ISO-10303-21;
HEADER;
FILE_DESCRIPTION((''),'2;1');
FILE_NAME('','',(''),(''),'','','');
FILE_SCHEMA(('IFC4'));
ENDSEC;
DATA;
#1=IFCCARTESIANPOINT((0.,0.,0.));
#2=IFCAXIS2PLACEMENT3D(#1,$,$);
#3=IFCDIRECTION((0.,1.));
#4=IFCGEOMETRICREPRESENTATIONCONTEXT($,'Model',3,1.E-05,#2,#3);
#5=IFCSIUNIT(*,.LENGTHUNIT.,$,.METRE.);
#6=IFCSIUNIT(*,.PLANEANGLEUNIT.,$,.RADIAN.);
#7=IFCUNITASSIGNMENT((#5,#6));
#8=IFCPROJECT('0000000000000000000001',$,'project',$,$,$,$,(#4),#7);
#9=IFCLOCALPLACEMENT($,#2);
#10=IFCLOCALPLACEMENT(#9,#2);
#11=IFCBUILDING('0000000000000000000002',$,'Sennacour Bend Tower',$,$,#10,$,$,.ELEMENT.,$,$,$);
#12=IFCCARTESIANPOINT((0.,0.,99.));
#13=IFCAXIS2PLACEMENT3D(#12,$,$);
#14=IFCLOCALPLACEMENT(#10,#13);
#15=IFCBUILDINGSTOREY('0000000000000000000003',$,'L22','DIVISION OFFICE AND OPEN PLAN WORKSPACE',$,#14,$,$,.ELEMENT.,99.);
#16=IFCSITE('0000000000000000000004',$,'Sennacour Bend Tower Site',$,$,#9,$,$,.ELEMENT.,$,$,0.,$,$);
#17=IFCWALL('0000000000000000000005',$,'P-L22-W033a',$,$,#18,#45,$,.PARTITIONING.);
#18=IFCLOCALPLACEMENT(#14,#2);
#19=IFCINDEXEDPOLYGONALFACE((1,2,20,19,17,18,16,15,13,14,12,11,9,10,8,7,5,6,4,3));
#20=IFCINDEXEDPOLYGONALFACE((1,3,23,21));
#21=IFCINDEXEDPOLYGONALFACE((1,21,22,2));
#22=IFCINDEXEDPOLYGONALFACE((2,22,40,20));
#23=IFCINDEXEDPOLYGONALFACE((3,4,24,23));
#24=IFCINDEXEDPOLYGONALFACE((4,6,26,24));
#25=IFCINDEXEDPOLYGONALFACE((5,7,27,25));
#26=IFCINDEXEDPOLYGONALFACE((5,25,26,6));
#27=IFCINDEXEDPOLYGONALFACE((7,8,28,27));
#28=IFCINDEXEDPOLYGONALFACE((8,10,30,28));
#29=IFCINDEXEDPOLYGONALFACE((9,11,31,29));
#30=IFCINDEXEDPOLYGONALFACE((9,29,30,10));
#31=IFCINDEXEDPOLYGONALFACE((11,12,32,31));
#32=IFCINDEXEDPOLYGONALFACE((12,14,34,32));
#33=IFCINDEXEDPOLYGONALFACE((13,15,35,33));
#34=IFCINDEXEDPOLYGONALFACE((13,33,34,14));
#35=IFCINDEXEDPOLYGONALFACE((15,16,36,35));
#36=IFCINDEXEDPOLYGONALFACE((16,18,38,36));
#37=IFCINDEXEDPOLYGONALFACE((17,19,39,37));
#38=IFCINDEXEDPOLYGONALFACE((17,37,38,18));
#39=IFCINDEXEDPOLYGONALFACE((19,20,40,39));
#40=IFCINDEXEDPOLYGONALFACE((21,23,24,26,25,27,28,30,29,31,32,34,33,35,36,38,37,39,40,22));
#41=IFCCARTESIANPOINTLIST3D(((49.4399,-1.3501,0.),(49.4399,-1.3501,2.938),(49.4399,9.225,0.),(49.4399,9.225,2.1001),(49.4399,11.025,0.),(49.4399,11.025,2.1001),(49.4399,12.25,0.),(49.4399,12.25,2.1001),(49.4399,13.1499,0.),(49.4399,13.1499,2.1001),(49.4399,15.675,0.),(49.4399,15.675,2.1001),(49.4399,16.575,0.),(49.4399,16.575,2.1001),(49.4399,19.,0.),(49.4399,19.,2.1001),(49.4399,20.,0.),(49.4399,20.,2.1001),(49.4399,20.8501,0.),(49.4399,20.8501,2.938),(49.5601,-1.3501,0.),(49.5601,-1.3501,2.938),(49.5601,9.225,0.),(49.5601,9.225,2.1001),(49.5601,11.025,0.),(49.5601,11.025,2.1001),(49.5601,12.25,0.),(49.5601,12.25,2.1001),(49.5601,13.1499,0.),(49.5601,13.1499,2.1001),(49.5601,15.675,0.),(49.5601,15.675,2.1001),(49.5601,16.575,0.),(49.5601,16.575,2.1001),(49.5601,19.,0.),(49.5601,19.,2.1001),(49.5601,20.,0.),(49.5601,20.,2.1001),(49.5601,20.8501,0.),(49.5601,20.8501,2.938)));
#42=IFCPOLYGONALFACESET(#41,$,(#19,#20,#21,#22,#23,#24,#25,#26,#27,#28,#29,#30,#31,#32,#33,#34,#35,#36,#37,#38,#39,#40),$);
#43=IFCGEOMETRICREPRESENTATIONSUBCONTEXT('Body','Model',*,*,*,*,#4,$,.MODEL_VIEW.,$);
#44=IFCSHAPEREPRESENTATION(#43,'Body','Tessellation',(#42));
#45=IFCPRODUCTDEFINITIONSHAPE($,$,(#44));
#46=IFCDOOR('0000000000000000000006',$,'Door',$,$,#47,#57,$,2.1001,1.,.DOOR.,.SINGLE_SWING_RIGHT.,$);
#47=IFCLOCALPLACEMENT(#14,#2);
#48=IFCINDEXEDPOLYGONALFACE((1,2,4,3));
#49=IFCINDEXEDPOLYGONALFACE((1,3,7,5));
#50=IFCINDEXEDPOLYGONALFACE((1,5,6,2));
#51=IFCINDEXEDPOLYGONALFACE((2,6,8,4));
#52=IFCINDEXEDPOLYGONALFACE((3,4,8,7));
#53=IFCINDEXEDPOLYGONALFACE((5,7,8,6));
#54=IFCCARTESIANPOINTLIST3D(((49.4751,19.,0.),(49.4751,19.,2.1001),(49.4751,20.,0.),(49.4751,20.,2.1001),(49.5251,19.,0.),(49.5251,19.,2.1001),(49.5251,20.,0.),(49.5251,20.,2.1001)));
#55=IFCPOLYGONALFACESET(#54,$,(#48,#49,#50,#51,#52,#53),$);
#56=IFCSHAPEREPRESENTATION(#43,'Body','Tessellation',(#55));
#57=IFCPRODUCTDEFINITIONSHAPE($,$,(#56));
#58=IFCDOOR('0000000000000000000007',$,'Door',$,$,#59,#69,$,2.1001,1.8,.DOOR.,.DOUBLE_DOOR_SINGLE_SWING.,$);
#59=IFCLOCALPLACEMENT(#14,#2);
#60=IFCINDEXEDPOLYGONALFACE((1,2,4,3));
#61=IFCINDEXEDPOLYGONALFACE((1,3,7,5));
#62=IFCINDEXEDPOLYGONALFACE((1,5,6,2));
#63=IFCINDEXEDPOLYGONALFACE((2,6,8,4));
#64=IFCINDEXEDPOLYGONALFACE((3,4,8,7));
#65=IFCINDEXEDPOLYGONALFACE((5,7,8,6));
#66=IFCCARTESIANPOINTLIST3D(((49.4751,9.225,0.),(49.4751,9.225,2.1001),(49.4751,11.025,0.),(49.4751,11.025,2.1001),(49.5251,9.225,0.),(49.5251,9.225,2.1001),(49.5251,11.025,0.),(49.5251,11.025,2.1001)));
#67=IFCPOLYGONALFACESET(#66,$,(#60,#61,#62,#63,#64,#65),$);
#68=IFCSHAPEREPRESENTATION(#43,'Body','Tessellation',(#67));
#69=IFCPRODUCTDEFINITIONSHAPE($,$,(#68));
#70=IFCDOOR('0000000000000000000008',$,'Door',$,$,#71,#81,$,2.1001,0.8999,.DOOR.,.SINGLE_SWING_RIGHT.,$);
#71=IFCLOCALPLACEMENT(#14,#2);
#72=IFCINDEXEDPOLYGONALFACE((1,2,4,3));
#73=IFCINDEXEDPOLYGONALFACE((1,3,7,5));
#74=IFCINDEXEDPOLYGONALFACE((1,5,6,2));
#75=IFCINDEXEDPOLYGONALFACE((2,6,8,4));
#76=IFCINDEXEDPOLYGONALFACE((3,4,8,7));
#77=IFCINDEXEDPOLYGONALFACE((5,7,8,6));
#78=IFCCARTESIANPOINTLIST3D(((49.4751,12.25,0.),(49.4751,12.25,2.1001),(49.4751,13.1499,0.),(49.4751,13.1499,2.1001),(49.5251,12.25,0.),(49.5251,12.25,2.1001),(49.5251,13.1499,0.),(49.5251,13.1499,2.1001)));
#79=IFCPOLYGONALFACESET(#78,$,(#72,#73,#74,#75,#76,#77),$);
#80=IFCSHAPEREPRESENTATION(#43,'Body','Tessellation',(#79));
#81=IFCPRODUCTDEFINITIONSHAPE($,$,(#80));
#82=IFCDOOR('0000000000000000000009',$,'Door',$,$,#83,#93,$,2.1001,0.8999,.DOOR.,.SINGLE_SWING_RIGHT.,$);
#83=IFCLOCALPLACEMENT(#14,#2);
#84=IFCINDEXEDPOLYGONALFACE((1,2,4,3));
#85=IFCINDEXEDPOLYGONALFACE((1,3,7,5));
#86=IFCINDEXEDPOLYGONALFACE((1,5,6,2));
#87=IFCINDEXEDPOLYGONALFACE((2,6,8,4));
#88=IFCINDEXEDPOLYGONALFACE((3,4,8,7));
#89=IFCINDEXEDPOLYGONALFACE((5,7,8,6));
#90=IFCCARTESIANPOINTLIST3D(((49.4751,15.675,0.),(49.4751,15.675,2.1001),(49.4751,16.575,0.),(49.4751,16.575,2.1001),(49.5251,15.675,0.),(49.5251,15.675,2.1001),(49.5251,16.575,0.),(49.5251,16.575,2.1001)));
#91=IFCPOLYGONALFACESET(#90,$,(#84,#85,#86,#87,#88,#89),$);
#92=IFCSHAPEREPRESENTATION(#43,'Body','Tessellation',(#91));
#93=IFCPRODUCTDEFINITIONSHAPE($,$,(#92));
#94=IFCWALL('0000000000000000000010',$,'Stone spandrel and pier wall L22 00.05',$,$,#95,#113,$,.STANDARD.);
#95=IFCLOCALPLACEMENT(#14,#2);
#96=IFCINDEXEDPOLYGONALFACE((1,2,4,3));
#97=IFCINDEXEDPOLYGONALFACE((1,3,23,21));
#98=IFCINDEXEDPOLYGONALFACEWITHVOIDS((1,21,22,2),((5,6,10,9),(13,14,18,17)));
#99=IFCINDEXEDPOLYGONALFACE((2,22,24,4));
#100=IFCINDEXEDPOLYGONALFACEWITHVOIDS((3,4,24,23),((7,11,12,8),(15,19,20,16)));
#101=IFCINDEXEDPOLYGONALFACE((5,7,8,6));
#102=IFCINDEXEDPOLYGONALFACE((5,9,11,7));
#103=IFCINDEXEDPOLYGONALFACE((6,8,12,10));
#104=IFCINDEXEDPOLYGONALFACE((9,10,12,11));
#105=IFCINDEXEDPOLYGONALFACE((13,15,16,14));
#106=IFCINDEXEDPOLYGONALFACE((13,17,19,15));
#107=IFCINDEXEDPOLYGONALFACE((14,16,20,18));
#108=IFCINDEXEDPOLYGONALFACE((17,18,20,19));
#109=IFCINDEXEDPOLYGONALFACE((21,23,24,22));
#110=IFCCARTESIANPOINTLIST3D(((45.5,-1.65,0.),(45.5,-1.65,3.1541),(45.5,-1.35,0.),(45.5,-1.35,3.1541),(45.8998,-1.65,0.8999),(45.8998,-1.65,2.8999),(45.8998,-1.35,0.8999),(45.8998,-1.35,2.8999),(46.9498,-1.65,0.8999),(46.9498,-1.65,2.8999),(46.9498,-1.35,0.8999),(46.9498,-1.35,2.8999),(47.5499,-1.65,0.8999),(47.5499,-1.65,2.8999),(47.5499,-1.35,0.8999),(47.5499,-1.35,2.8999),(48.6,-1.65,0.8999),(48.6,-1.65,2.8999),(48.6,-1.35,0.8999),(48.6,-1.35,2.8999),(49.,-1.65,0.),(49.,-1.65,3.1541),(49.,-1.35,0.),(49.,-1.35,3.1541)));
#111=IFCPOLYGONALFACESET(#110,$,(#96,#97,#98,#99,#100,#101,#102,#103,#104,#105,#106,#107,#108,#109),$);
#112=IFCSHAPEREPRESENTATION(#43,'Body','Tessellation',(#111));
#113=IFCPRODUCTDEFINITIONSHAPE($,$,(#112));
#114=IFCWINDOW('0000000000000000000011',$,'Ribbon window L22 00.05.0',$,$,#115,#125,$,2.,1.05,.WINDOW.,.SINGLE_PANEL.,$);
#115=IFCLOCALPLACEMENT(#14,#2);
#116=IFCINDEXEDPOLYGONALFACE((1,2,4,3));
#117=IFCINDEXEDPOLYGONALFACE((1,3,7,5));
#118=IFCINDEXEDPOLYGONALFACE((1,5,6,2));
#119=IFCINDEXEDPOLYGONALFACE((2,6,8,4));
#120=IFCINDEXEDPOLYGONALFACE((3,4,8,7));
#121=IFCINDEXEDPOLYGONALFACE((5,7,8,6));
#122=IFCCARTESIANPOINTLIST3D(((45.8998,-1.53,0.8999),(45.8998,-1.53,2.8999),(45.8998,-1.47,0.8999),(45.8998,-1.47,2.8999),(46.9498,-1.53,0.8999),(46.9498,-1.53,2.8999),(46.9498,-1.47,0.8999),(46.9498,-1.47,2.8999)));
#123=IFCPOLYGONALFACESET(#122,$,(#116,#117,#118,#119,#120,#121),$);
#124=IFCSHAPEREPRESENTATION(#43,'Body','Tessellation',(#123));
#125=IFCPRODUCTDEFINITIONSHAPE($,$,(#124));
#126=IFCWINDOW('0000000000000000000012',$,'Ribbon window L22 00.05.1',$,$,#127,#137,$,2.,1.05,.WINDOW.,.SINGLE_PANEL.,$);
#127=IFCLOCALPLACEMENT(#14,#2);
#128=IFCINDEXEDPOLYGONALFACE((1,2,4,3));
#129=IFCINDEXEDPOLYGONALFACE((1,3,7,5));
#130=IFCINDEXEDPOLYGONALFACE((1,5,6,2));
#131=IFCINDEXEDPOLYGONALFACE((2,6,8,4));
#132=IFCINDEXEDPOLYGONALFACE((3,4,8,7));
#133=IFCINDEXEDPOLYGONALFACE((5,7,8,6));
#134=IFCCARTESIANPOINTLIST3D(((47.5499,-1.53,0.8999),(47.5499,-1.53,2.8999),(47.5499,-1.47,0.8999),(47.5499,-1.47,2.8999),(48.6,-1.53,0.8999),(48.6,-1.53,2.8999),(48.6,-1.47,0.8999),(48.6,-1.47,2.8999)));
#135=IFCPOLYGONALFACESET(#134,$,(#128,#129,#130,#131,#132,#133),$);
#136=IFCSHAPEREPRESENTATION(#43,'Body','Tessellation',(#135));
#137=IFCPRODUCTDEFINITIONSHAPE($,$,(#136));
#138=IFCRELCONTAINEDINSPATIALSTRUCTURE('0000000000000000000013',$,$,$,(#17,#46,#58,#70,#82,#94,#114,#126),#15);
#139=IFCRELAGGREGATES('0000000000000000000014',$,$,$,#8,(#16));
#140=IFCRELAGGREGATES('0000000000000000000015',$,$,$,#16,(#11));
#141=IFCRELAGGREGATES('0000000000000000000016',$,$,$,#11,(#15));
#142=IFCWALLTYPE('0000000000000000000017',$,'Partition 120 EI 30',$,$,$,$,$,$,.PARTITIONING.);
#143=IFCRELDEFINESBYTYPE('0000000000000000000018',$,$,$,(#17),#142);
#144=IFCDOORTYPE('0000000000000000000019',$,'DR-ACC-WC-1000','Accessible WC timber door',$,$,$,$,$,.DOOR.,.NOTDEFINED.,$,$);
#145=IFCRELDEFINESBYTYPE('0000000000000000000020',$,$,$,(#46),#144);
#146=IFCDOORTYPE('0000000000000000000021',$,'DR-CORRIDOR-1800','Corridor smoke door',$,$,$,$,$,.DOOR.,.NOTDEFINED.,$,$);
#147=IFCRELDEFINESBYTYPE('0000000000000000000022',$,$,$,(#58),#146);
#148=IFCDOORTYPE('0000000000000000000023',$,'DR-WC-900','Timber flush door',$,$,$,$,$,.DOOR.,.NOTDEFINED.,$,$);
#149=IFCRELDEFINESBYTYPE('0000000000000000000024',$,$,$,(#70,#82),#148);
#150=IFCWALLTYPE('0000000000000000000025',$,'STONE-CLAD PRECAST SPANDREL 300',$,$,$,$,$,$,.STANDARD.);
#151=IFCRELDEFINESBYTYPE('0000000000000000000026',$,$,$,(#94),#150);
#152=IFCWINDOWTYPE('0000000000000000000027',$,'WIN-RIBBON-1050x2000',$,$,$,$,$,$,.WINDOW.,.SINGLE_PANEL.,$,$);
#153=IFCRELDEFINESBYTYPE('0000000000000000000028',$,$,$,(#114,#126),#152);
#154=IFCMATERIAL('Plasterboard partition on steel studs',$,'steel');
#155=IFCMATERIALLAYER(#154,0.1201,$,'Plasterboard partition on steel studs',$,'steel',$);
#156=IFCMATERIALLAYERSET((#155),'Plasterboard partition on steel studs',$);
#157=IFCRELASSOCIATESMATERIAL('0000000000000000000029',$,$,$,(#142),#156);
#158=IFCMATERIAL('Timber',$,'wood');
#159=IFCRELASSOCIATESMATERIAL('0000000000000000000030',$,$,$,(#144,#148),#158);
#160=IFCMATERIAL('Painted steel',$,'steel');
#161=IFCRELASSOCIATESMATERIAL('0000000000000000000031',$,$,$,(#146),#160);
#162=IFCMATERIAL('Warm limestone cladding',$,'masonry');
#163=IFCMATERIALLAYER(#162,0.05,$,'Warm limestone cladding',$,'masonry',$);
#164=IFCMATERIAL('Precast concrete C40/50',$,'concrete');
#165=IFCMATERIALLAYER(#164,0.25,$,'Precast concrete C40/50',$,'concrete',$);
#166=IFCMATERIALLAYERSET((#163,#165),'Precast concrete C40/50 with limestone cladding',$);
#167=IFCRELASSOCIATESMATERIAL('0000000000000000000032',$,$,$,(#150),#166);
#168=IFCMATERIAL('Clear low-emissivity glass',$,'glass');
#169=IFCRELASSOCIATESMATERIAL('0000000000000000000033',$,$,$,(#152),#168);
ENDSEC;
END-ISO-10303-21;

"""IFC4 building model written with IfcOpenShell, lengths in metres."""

from ifc_helpers import new_model, si_unit, direction, frame, frame_2d, origin, place, context, subcontext, project, spatial, rectangle, extrude, material, layer, layer_set, type_object, element, fill, save


model = new_model("IFC4")

# Units and contexts
model_context = context("Model", 3, precision=1e-05, world=origin(), true_north=direction((0.0, 1.0)))
body_context = subcontext(model_context, "Body", "Model", "MODEL_VIEW")
ifc_project = project(units=[si_unit("LENGTHUNIT", "METRE"), si_unit("PLANEANGLEUNIT", "RADIAN")], contexts=[model_context])

# Site, building, storey
site_placement = place(None, origin())
site = spatial("IfcSite", under=ifc_project, at=site_placement, Name="Sennacour Bend Tower Site", CompositionType="ELEMENT", RefElevation=0.0)
building_placement = place(site_placement, origin())
building = spatial("IfcBuilding", under=site, at=building_placement, Name="Sennacour Bend Tower", CompositionType="ELEMENT")
storey_placement = place(building_placement, frame((0.0, 0.0, 99.0)))
storey = spatial("IfcBuildingStorey", under=building, at=storey_placement, Name="L22", Description="DIVISION OFFICE AND OPEN PLAN WORKSPACE", CompositionType="ELEMENT", Elevation=99.0)

# Shared definitions
ifc_material_1 = material(Name="Plasterboard partition on steel studs", Category="steel")

# Wall, openings, doors
ifc_layer_1 = layer(ifc_material_1, 0.1201, Name="Plasterboard partition on steel studs", Category="steel")
ifc_layer_set_1 = layer_set([ifc_layer_1], Name="Plasterboard partition on steel studs")
wall_type_1 = type_object("IfcWallType", Name="Partition 120 EI 30", PredefinedType="PARTITIONING", material=ifc_layer_set_1)
wall_1_placement = place(storey_placement, frame((49.5, -1.3501, 0.0), z_axis=(0.0, 0.0, 1.0), x_axis=(0.0, 1.0, 0.0)))
wall_1 = element("IfcWall", 1, at=wall_1_placement, inside=storey, type_object=wall_type_1, Name="P-L22-W033a", PredefinedType="PARTITIONING", context=body_context, shape_type="SweptSolid", body=[
    extrude(rectangle(XDim=22.2002, YDim=0.1201, at=frame_2d((11.1001, 0.0))), origin(), (0.0, 0.0, 1.0), 2.938),
])
opening_1_placement = place(wall_1_placement, frame((10.5752, 0.0, 0.0)))
opening_1 = element("IfcOpeningElement", 2, at=opening_1_placement, cuts=wall_1, PredefinedType="OPENING", context=body_context, shape_type="SweptSolid", body=[
    extrude(rectangle(XDim=1.8, YDim=2.1001, at=frame_2d((0.8999, 1.05))), frame((0.0, 0.0701, 0.0), z_axis=(0.0, -1.0, 0.0), x_axis=(1.0, 0.0, 0.0)), (0.0, 0.0, 1.0), 0.1401),
])
opening_2_placement = place(wall_1_placement, frame((13.6001, 0.0, 0.0)))
opening_2 = element("IfcOpeningElement", 3, at=opening_2_placement, cuts=wall_1, PredefinedType="OPENING", context=body_context, shape_type="SweptSolid", body=[
    extrude(rectangle(XDim=0.8999, YDim=2.1001, at=frame_2d((0.45, 1.05))), frame((0.0, 0.0701, 0.0), z_axis=(0.0, -1.0, 0.0), x_axis=(1.0, 0.0, 0.0)), (0.0, 0.0, 1.0), 0.1401),
])
opening_3_placement = place(wall_1_placement, frame((17.0251, 0.0, 0.0)))
opening_3 = element("IfcOpeningElement", 4, at=opening_3_placement, cuts=wall_1, PredefinedType="OPENING", context=body_context, shape_type="SweptSolid", body=[
    extrude(rectangle(XDim=0.8999, YDim=2.1001, at=frame_2d((0.45, 1.05))), frame((0.0, 0.0701, 0.0), z_axis=(0.0, -1.0, 0.0), x_axis=(1.0, 0.0, 0.0)), (0.0, 0.0, 1.0), 0.1401),
])
opening_4_placement = place(wall_1_placement, frame((20.3501, 0.0, 0.0)))
opening_4 = element("IfcOpeningElement", 5, at=opening_4_placement, cuts=wall_1, PredefinedType="OPENING", context=body_context, shape_type="SweptSolid", body=[
    extrude(rectangle(XDim=1.0, YDim=2.1001, at=frame_2d((0.5, 1.05))), frame((0.0, 0.0701, 0.0), z_axis=(0.0, -1.0, 0.0), x_axis=(1.0, 0.0, 0.0)), (0.0, 0.0, 1.0), 0.1401),
])
ifc_material_2 = material(Name="Timber", Category="wood")
door_type_1 = type_object("IfcDoorType", Name="DR-ACC-WC-1000", Description="Accessible WC timber door", OperationType="NOTDEFINED", PredefinedType="DOOR", material=ifc_material_2)
door_1_placement = place(opening_4_placement, origin())
door_1 = element("IfcDoor", 6, at=door_1_placement, inside=storey, type_object=door_type_1, Name="Door", OperationType="SINGLE_SWING_RIGHT", OverallHeight=2.1001, OverallWidth=1.0, PredefinedType="DOOR", context=body_context, shape_type="SweptSolid", body=[
    extrude(rectangle(XDim=1.0, YDim=2.1001, at=frame_2d((0.5, 1.05))), frame((0.0, 0.0249, 0.0), z_axis=(0.0, -1.0, 0.0), x_axis=(1.0, 0.0, 0.0)), (0.0, 0.0, 1.0), 0.05),
])
fill(opening_4, door_1)
ifc_material_3 = material(Name="Painted steel", Category="steel")
door_type_2 = type_object("IfcDoorType", Name="DR-CORRIDOR-1800", Description="Corridor smoke door", OperationType="NOTDEFINED", PredefinedType="DOOR", material=ifc_material_3)
door_2_placement = place(opening_1_placement, origin())
door_2 = element("IfcDoor", 7, at=door_2_placement, inside=storey, type_object=door_type_2, Name="Door", OperationType="DOUBLE_DOOR_SINGLE_SWING", OverallHeight=2.1001, OverallWidth=1.8, PredefinedType="DOOR", context=body_context, shape_type="SweptSolid", body=[
    extrude(rectangle(XDim=1.8, YDim=2.1001, at=frame_2d((0.8999, 1.05))), frame((0.0, 0.0249, 0.0), z_axis=(0.0, -1.0, 0.0), x_axis=(1.0, 0.0, 0.0)), (0.0, 0.0, 1.0), 0.05),
])
fill(opening_1, door_2)
door_type_3 = type_object("IfcDoorType", Name="DR-WC-900", Description="Timber flush door", OperationType="NOTDEFINED", PredefinedType="DOOR", material=ifc_material_2)
door_3_placement = place(opening_2_placement, origin())
door_3 = element("IfcDoor", 8, at=door_3_placement, inside=storey, type_object=door_type_3, Name="Door", OperationType="SINGLE_SWING_RIGHT", OverallHeight=2.1001, OverallWidth=0.8999, PredefinedType="DOOR", context=body_context, shape_type="SweptSolid", body=[
    extrude(rectangle(XDim=0.8999, YDim=2.1001, at=frame_2d((0.45, 1.05))), frame((0.0, 0.0249, 0.0), z_axis=(0.0, -1.0, 0.0), x_axis=(1.0, 0.0, 0.0)), (0.0, 0.0, 1.0), 0.05),
])
fill(opening_2, door_3)
door_4_placement = place(opening_3_placement, origin())
door_4 = element("IfcDoor", 9, at=door_4_placement, inside=storey, type_object=door_type_3, Name="Door", OperationType="SINGLE_SWING_RIGHT", OverallHeight=2.1001, OverallWidth=0.8999, PredefinedType="DOOR", context=body_context, shape_type="SweptSolid", body=[
    extrude(rectangle(XDim=0.8999, YDim=2.1001, at=frame_2d((0.45, 1.05))), frame((0.0, 0.0249, 0.0), z_axis=(0.0, -1.0, 0.0), x_axis=(1.0, 0.0, 0.0)), (0.0, 0.0, 1.0), 0.05),
])
fill(opening_3, door_4)

# Wall, openings, windows
ifc_material_4 = material(Name="Warm limestone cladding", Category="masonry")
ifc_layer_2 = layer(ifc_material_4, 0.05, Name="Warm limestone cladding", Category="masonry")
ifc_material_5 = material(Name="Precast concrete C40/50", Category="concrete")
ifc_layer_3 = layer(ifc_material_5, 0.25, Name="Precast concrete C40/50", Category="concrete")
ifc_layer_set_2 = layer_set([ifc_layer_2, ifc_layer_3], Name="Precast concrete C40/50 with limestone cladding")
wall_type_2 = type_object("IfcWallType", Name="STONE-CLAD PRECAST SPANDREL 300", PredefinedType="STANDARD", material=ifc_layer_set_2)
wall_2_placement = place(storey_placement, frame((45.5, -1.5, 0.0), z_axis=(0.0, 0.0, 1.0), x_axis=(1.0, 0.0, 0.0)))
wall_2 = element("IfcWall", 10, at=wall_2_placement, inside=storey, type_object=wall_type_2, Name="Stone spandrel and pier wall L22 00.05", PredefinedType="STANDARD", context=body_context, shape_type="SweptSolid", body=[
    extrude(rectangle(XDim=3.5, YDim=0.3, at=frame_2d((1.75, 0.0))), origin(), (0.0, 0.0, 1.0), 3.1541),
])
opening_5_placement = place(wall_2_placement, frame((0.3999, 0.0, 0.8999)))
opening_5 = element("IfcOpeningElement", 11, at=opening_5_placement, cuts=wall_2, PredefinedType="OPENING", context=body_context, shape_type="SweptSolid", body=[
    extrude(rectangle(XDim=1.05, YDim=2.0, at=frame_2d((0.5249, 1.0))), frame((0.0, 0.1602, 0.0), z_axis=(0.0, -1.0, 0.0), x_axis=(1.0, 0.0, 0.0)), (0.0, 0.0, 1.0), 0.3201),
])
opening_6_placement = place(wall_2_placement, frame((2.05, 0.0, 0.8999)))
opening_6 = element("IfcOpeningElement", 12, at=opening_6_placement, cuts=wall_2, PredefinedType="OPENING", context=body_context, shape_type="SweptSolid", body=[
    extrude(rectangle(XDim=1.05, YDim=2.0, at=frame_2d((0.5249, 1.0))), frame((0.0, 0.1602, 0.0), z_axis=(0.0, -1.0, 0.0), x_axis=(1.0, 0.0, 0.0)), (0.0, 0.0, 1.0), 0.3201),
])
ifc_material_6 = material(Name="Clear low-emissivity glass", Category="glass")
window_type = type_object("IfcWindowType", Name="WIN-RIBBON-1050x2000", PartitioningType="SINGLE_PANEL", PredefinedType="WINDOW", material=ifc_material_6)
window_1_placement = place(opening_5_placement, origin())
window_1 = element("IfcWindow", 13, at=window_1_placement, inside=storey, type_object=window_type, Name="Ribbon window L22 00.05.0", OverallHeight=2.0, OverallWidth=1.05, PartitioningType="SINGLE_PANEL", PredefinedType="WINDOW", context=body_context, shape_type="SweptSolid", body=[
    extrude(rectangle(XDim=1.05, YDim=2.0, at=frame_2d((0.5249, 1.0))), frame((0.0, 0.03, 0.0), z_axis=(0.0, -1.0, 0.0), x_axis=(1.0, 0.0, 0.0)), (0.0, 0.0, 1.0), 0.0601),
])
fill(opening_5, window_1)
window_2_placement = place(opening_6_placement, origin())
window_2 = element("IfcWindow", 14, at=window_2_placement, inside=storey, type_object=window_type, Name="Ribbon window L22 00.05.1", OverallHeight=2.0, OverallWidth=1.05, PartitioningType="SINGLE_PANEL", PredefinedType="WINDOW", context=body_context, shape_type="SweptSolid", body=[
    extrude(rectangle(XDim=1.05, YDim=2.0, at=frame_2d((0.5249, 1.0))), frame((0.0, 0.03, 0.0), z_axis=(0.0, -1.0, 0.0), x_axis=(1.0, 0.0, 0.0)), (0.0, 0.0, 1.0), 0.0601),
])
fill(opening_6, window_2)

save(model, "model.ifc")
